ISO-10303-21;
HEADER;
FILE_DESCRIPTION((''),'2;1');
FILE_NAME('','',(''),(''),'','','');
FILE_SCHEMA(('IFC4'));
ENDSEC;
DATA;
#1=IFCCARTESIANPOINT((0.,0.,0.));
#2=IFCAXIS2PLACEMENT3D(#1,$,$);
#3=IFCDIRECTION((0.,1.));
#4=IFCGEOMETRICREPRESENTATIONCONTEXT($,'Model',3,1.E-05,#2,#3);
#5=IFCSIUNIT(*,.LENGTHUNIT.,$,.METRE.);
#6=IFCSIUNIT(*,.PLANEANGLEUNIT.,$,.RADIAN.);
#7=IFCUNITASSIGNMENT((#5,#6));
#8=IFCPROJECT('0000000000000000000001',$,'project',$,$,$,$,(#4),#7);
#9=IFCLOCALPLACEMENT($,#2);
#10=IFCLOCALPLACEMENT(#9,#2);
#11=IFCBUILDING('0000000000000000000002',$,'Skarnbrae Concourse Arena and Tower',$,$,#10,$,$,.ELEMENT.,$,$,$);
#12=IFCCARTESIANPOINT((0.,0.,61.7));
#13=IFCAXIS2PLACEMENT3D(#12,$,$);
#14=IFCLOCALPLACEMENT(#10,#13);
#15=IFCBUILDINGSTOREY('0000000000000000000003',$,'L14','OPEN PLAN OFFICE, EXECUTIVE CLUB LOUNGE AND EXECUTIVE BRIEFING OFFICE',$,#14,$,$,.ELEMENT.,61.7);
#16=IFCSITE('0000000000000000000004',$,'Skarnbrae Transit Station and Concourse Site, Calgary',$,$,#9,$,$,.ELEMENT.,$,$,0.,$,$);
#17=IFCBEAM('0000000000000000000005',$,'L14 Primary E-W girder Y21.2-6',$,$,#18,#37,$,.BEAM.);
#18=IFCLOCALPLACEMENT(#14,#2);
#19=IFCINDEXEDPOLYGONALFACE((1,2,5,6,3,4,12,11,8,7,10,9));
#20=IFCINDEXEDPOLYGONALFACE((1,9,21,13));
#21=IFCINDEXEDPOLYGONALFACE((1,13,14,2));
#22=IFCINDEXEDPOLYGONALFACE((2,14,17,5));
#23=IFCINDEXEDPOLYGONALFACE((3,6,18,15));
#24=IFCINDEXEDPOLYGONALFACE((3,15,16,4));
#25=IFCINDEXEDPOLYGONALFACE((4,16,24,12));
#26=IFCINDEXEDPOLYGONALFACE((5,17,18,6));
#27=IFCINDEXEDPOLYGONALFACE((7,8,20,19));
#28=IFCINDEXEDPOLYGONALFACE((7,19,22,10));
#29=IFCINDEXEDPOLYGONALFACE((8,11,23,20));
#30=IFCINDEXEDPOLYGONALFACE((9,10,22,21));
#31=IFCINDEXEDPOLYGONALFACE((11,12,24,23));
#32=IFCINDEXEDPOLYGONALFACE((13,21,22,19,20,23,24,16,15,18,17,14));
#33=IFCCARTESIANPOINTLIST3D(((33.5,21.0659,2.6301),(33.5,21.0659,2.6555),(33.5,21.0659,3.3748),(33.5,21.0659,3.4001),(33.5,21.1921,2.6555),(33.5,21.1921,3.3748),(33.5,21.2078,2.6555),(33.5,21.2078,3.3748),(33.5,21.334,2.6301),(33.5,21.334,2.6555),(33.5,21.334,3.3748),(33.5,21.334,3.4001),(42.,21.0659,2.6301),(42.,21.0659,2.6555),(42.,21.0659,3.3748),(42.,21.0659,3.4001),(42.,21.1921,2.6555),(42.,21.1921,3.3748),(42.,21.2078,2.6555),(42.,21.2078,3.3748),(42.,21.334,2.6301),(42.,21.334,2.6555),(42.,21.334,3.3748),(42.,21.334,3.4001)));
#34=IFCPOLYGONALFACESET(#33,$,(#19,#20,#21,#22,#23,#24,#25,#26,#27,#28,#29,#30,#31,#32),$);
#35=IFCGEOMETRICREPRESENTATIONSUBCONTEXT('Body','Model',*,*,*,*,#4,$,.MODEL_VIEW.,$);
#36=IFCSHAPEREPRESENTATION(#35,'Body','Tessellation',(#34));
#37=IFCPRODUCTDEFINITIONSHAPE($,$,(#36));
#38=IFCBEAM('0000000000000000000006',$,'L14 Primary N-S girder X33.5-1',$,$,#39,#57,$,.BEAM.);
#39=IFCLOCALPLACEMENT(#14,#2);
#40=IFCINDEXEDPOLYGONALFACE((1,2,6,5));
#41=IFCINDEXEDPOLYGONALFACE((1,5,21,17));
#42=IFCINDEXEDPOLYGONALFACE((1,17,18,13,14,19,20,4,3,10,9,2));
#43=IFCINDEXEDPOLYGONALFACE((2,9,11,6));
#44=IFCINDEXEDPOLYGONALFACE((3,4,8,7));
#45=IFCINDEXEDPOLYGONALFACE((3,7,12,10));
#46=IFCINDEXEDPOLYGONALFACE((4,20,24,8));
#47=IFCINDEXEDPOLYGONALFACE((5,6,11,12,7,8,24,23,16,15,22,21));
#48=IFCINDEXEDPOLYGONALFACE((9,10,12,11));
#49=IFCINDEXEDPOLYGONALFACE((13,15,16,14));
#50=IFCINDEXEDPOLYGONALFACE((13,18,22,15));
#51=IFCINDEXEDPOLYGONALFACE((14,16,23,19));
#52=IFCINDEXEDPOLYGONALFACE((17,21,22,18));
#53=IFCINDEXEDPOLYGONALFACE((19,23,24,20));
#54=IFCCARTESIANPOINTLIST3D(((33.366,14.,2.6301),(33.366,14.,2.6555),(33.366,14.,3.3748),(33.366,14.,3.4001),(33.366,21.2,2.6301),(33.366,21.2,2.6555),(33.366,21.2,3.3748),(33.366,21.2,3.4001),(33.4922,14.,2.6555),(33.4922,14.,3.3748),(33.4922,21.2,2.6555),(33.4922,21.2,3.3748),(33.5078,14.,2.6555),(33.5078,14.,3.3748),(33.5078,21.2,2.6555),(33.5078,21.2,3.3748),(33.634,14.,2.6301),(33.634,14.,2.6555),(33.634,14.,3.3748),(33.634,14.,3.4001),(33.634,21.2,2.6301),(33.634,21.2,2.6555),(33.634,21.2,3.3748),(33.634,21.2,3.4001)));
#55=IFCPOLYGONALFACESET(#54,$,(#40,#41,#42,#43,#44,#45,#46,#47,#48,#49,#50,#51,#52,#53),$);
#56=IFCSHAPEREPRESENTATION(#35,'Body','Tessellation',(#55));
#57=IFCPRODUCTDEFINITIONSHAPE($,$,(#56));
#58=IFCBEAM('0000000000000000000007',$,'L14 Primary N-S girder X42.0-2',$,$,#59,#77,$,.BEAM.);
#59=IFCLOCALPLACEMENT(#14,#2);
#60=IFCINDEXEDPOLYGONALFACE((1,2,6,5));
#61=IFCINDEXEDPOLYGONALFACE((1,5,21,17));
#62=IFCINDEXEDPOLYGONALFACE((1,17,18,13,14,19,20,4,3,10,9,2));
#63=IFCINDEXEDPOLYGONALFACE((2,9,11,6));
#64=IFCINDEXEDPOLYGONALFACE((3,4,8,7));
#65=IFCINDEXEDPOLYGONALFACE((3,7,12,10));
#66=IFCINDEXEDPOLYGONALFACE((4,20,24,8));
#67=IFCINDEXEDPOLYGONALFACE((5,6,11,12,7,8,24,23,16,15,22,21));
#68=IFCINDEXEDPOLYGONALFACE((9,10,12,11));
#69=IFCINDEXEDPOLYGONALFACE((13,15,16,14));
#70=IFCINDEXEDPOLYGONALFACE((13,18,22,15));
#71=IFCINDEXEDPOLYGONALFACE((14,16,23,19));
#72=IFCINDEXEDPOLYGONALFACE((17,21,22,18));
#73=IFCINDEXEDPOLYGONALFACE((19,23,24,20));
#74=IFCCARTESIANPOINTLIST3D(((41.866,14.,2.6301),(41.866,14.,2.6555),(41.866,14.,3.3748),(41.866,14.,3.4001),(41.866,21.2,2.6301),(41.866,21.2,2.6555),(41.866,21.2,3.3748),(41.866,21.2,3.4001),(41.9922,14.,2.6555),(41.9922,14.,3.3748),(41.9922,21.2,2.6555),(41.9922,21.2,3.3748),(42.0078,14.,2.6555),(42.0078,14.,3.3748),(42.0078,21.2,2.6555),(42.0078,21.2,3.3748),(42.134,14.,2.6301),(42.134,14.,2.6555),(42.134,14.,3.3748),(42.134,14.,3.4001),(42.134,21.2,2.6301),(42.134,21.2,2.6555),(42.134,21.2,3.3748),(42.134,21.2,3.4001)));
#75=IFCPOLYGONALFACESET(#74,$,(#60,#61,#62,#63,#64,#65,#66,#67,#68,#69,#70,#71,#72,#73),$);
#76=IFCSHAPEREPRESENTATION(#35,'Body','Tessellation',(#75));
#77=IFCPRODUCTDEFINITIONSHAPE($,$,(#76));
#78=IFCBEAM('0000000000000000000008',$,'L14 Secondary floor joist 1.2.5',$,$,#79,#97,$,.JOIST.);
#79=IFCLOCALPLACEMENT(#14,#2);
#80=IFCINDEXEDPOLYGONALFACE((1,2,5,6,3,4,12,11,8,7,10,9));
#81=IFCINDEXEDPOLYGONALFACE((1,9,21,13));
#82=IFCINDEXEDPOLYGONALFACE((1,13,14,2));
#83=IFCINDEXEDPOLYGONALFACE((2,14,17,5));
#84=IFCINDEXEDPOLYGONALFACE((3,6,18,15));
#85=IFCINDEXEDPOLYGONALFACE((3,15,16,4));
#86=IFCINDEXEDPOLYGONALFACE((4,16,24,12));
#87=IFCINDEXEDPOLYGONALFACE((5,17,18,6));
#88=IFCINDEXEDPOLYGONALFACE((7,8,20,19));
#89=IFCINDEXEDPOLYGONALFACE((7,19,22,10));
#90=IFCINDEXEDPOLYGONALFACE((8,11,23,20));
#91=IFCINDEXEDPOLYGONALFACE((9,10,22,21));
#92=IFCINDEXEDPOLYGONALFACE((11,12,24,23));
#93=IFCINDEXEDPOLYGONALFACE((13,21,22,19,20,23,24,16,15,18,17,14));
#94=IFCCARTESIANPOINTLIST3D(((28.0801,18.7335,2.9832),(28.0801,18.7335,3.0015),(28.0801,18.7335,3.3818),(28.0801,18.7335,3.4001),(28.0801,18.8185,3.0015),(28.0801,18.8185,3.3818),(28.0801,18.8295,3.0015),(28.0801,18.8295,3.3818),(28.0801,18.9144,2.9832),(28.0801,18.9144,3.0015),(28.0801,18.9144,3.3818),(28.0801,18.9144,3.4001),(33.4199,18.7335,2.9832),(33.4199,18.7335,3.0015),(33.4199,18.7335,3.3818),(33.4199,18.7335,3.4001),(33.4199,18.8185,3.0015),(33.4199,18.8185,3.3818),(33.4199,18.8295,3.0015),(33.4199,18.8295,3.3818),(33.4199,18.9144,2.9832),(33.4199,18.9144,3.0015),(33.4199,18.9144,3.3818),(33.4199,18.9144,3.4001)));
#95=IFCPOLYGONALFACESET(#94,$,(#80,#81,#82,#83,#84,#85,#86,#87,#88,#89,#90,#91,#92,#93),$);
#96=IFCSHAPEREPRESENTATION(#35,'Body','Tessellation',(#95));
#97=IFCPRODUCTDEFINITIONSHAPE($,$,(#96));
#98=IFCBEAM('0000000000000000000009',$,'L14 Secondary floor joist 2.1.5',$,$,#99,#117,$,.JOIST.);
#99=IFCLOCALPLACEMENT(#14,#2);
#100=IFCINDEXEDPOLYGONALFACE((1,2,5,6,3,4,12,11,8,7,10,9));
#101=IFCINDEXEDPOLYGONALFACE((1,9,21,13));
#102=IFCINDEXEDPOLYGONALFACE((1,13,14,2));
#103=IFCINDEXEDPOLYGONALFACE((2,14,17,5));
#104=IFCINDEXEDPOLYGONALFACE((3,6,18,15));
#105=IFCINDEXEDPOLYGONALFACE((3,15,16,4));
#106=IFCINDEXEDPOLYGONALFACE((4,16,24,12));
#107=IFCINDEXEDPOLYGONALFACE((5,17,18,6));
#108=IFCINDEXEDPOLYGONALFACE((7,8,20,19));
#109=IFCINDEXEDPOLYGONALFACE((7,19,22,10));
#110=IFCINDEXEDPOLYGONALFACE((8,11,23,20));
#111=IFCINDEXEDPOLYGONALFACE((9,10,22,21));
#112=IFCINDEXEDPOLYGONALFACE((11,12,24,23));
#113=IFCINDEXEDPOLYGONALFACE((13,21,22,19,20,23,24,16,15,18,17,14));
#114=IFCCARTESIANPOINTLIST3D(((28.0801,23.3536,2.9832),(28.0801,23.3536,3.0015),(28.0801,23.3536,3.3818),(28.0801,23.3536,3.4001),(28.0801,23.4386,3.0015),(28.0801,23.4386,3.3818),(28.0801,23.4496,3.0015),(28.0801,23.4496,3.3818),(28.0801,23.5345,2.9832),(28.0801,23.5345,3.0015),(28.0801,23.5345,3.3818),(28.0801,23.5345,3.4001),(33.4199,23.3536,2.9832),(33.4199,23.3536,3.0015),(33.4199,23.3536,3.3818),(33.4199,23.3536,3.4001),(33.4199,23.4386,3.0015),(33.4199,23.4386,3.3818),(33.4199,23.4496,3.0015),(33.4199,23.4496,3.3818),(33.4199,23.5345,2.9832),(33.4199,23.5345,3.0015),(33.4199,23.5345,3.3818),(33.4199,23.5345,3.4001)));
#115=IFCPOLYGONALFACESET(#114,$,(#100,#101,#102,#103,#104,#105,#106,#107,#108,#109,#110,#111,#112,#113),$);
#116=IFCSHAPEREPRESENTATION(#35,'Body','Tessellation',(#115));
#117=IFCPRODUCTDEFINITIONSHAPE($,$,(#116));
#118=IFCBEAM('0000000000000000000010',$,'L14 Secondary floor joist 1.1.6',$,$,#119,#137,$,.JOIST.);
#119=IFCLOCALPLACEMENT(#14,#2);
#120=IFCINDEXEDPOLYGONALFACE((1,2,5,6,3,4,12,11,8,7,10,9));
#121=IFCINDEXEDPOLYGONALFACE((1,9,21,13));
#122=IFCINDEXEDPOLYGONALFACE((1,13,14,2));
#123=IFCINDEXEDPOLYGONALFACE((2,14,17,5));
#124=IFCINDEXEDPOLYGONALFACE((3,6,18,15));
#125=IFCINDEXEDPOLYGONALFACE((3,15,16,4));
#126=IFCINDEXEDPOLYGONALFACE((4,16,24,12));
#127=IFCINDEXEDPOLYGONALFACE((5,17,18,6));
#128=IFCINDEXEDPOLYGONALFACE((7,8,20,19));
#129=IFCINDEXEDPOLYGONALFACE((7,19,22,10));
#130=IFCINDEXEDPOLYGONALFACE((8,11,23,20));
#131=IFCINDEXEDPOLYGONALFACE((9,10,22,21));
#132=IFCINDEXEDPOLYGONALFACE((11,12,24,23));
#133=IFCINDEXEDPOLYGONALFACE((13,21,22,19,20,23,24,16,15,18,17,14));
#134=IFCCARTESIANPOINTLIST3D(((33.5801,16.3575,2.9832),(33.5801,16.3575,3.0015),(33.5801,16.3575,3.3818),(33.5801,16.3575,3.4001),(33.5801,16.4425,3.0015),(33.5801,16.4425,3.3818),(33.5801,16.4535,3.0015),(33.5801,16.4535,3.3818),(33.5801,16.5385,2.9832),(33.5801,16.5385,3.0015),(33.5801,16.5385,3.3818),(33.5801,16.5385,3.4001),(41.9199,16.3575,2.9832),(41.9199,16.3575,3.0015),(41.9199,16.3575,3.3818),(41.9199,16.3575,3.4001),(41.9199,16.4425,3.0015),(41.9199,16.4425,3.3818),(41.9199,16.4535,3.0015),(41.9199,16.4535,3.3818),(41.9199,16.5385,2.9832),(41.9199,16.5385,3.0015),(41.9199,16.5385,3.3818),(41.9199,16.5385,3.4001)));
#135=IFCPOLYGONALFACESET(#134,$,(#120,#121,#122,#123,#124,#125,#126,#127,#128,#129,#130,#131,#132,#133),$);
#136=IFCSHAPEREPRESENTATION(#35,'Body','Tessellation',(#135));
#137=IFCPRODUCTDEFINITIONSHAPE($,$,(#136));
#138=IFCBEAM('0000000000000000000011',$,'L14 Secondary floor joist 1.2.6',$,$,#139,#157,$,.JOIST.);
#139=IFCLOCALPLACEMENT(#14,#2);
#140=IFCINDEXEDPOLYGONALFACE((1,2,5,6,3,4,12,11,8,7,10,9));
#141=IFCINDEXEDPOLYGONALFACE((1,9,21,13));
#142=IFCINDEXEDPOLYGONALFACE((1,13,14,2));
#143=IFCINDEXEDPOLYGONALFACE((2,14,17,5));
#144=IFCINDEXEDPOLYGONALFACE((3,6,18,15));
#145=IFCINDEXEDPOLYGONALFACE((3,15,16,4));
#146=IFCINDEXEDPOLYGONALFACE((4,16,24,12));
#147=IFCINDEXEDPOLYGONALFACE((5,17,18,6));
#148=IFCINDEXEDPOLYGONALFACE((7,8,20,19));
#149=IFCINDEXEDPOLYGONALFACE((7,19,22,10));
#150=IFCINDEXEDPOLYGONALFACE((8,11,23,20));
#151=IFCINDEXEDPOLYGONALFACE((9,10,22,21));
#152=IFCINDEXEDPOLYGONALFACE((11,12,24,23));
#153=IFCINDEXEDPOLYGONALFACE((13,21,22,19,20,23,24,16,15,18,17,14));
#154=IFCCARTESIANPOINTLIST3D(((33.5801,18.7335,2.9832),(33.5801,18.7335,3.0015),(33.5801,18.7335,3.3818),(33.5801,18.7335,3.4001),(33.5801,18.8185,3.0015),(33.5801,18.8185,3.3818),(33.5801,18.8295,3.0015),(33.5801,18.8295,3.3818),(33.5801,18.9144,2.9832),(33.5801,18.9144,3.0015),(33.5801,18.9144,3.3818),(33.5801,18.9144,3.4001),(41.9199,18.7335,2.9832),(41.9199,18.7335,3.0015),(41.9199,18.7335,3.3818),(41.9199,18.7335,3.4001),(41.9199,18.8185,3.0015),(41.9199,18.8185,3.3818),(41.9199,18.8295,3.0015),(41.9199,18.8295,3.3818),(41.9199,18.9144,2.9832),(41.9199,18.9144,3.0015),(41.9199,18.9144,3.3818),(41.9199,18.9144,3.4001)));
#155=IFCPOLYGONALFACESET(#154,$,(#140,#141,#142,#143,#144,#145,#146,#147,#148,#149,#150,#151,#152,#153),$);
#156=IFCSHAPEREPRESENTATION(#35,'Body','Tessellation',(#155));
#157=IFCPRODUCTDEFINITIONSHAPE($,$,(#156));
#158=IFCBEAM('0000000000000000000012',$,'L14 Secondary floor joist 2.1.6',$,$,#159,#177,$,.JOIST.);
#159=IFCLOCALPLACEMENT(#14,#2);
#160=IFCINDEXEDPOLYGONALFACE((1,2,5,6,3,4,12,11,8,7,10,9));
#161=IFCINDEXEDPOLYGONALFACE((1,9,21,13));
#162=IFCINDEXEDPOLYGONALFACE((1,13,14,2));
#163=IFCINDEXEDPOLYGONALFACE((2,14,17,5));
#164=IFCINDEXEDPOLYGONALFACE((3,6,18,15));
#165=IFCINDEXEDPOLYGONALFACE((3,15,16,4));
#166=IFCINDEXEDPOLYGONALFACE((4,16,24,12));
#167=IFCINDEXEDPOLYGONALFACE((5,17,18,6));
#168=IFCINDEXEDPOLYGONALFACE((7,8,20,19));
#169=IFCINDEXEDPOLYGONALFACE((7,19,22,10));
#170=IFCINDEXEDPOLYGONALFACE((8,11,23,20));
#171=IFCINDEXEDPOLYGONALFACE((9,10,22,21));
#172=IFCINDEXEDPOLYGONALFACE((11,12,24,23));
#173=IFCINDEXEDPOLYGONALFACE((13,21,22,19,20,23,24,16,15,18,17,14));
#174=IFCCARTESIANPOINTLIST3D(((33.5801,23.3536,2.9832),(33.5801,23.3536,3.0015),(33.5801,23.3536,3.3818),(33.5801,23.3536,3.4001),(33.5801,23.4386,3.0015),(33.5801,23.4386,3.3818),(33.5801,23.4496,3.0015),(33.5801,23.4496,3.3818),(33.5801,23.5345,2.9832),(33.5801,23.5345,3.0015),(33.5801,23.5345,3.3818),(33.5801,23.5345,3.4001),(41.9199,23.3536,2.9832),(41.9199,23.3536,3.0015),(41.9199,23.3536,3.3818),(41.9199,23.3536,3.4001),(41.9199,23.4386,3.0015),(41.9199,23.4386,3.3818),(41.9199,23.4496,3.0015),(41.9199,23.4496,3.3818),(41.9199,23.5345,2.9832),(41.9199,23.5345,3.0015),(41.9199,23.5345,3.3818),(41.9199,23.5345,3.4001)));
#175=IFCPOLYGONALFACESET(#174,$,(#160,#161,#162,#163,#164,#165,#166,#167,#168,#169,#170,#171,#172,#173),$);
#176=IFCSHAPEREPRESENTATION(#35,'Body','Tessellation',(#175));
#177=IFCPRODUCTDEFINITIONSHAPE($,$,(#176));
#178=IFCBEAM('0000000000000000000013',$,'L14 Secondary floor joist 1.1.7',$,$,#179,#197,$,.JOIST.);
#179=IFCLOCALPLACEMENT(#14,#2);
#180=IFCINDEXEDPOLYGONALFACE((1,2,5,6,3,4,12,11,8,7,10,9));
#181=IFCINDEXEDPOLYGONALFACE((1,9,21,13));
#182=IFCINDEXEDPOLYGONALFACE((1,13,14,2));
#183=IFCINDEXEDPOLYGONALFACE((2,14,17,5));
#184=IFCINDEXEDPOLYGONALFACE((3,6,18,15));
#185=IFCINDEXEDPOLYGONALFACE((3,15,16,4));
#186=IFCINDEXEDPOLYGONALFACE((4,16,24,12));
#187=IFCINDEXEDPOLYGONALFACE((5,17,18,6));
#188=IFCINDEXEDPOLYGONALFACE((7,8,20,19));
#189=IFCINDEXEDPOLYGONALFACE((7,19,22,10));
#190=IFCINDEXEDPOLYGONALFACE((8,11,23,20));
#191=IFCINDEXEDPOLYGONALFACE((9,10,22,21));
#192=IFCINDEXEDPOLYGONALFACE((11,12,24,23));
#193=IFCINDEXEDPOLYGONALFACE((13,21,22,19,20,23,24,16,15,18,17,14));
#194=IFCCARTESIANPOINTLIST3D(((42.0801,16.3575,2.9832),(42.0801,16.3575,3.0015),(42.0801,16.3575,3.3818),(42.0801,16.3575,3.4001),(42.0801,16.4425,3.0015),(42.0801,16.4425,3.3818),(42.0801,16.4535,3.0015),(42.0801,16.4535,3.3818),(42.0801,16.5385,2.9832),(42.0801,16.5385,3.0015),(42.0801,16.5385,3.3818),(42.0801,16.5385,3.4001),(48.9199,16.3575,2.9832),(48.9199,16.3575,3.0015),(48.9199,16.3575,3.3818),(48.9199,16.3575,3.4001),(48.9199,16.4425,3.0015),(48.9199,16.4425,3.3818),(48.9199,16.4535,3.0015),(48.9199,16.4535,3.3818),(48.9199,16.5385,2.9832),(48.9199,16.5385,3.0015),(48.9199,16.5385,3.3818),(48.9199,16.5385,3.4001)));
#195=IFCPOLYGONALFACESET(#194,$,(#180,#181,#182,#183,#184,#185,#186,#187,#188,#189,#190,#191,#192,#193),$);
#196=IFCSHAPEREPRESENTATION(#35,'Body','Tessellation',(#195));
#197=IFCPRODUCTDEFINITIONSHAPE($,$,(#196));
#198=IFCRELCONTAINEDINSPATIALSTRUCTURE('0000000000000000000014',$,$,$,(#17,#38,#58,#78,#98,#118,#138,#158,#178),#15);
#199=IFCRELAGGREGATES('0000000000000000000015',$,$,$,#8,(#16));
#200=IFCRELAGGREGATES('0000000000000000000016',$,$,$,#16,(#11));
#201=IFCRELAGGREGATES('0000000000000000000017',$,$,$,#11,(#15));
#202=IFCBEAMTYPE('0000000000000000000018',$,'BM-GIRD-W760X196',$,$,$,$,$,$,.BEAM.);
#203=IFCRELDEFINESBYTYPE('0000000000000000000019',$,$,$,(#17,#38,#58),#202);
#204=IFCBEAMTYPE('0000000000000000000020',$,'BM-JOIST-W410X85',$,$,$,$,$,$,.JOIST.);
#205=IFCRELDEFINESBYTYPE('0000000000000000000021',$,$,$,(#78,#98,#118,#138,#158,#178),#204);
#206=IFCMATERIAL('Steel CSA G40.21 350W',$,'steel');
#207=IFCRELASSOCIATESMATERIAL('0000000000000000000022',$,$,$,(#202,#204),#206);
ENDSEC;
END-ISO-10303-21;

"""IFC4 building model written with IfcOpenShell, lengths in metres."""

from ifc_helpers import new_model, si_unit, direction, frame, origin, origin_2d, place, context, subcontext, project, spatial, i_section, extrude, source, transform, mapped, material, material_profile, profile_set, type_object, element, save


model = new_model("IFC4")

# Units and contexts
model_context = context("Model", 3, precision=1e-05, world=origin(), true_north=direction((0.0, 1.0)))
body_context = subcontext(model_context, "Body", "Model", "MODEL_VIEW")
ifc_project = project(units=[si_unit("LENGTHUNIT", "METRE"), si_unit("PLANEANGLEUNIT", "RADIAN")], contexts=[model_context])

# Site, building, storey
site_placement = place(None, origin())
site = spatial("IfcSite", under=ifc_project, at=site_placement, Name="Skarnbrae Transit Station and Concourse Site, Calgary", CompositionType="ELEMENT", RefElevation=0.0)
building_placement = place(site_placement, origin())
building = spatial("IfcBuilding", under=site, at=building_placement, Name="Skarnbrae Concourse Arena and Tower", CompositionType="ELEMENT")
storey_placement = place(building_placement, frame((0.0, 0.0, 61.7)))
storey = spatial("IfcBuildingStorey", under=building, at=storey_placement, Name="L14", Description="OPEN PLAN OFFICE, EXECUTIVE CLUB LOUNGE AND EXECUTIVE BRIEFING OFFICE", CompositionType="ELEMENT", Elevation=61.7)

# Shared definitions
ifc_material_1 = material(Name="Steel CSA G40.21 350W", Category="steel")

# Beams
ifc_material_profile_1 = material_profile(ifc_material_1, i_section(OverallWidth=0.2681, OverallDepth=0.77, WebThickness=0.0156, FlangeThickness=0.0254, at=origin_2d()), Name="W760X196")
ifc_profile_set_1 = profile_set([ifc_material_profile_1], Name="Steel CSA G40.21 350W")
beam_type_1 = type_object("IfcBeamType", Name="BM-GIRD-W760X196", PredefinedType="BEAM", material=ifc_profile_set_1)
shared_shape_1 = source(origin(), body_context, "Body", "SweptSolid", [
    extrude(i_section(OverallWidth=0.2681, OverallDepth=0.77, WebThickness=0.0156, FlangeThickness=0.0254, at=origin_2d()), origin(), (0.0, 0.0, 1.0), 8.5),
])
for number, where, z_axis, x_axis, name in (
    (1, (33.5, 21.2, 3.0151), (1.0, 0.0, 0.0), (0.0, 1.0, 0.0), "L14 Primary E-W girder Y21.2-6"),
):
    element("IfcBeam", number, at=place(storey_placement, frame(where, z_axis=z_axis, x_axis=x_axis)), inside=storey, type_object=beam_type_1, Name=name, PredefinedType="BEAM", context=body_context, shape_type="MappedRepresentation", body=[
        mapped(shared_shape_1, transform((0.0, 0.0, 0.0))),
    ])
shared_shape_2 = source(origin(), body_context, "Body", "SweptSolid", [
    extrude(i_section(OverallWidth=0.2681, OverallDepth=0.77, WebThickness=0.0156, FlangeThickness=0.0254, at=origin_2d()), origin(), (0.0, 0.0, 1.0), 7.2),
])
for number, where, z_axis, x_axis, name in (
    (2, (33.5, 14.0, 3.0151), (0.0, 1.0, 0.0), (-1.0, 0.0, 0.0), "L14 Primary N-S girder X33.5-1"),
    (3, (42.0, 14.0, 3.0151), (0.0, 1.0, 0.0), (-1.0, 0.0, 0.0), "L14 Primary N-S girder X42.0-2"),
):
    element("IfcBeam", number, at=place(storey_placement, frame(where, z_axis=z_axis, x_axis=x_axis)), inside=storey, type_object=beam_type_1, Name=name, PredefinedType="BEAM", context=body_context, shape_type="MappedRepresentation", body=[
        mapped(shared_shape_2, transform((0.0, 0.0, 0.0))),
    ])
ifc_material_profile_2 = material_profile(ifc_material_1, i_section(OverallWidth=0.1809, OverallDepth=0.417, WebThickness=0.011, FlangeThickness=0.0183, at=origin_2d()), Name="W410X85")
ifc_profile_set_2 = profile_set([ifc_material_profile_2], Name="Steel CSA G40.21 350W")
beam_type_2 = type_object("IfcBeamType", Name="BM-JOIST-W410X85", PredefinedType="JOIST", material=ifc_profile_set_2)
shared_shape_3 = source(origin(), body_context, "Body", "SweptSolid", [
    extrude(i_section(OverallWidth=0.1809, OverallDepth=0.417, WebThickness=0.011, FlangeThickness=0.0183, at=origin_2d()), origin(), (0.0, 0.0, 1.0), 5.3398),
])
for number, where, z_axis, x_axis, name in (
    (4, (28.0801, 18.824, 3.1917), (1.0, 0.0, 0.0), (0.0, 1.0, 0.0), "L14 Secondary floor joist 1.2.5"),
    (5, (28.0801, 23.4441, 3.1917), (1.0, 0.0, 0.0), (0.0, 1.0, 0.0), "L14 Secondary floor joist 2.1.5"),
):
    element("IfcBeam", number, at=place(storey_placement, frame(where, z_axis=z_axis, x_axis=x_axis)), inside=storey, type_object=beam_type_2, Name=name, PredefinedType="JOIST", context=body_context, shape_type="MappedRepresentation", body=[
        mapped(shared_shape_3, transform((0.0, 0.0, 0.0))),
    ])
shared_shape_4 = source(origin(), body_context, "Body", "SweptSolid", [
    extrude(i_section(OverallWidth=0.1809, OverallDepth=0.417, WebThickness=0.011, FlangeThickness=0.0183, at=origin_2d()), origin(), (0.0, 0.0, 1.0), 8.3398),
])
for number, where, z_axis, x_axis, name in (
    (6, (33.5801, 16.448, 3.1917), (1.0, 0.0, 0.0), (0.0, 1.0, 0.0), "L14 Secondary floor joist 1.1.6"),
    (7, (33.5801, 18.824, 3.1917), (1.0, 0.0, 0.0), (0.0, 1.0, 0.0), "L14 Secondary floor joist 1.2.6"),
    (8, (33.5801, 23.4441, 3.1917), (1.0, 0.0, 0.0), (0.0, 1.0, 0.0), "L14 Secondary floor joist 2.1.6"),
):
    element("IfcBeam", number, at=place(storey_placement, frame(where, z_axis=z_axis, x_axis=x_axis)), inside=storey, type_object=beam_type_2, Name=name, PredefinedType="JOIST", context=body_context, shape_type="MappedRepresentation", body=[
        mapped(shared_shape_4, transform((0.0, 0.0, 0.0))),
    ])
shared_shape_5 = source(origin(), body_context, "Body", "SweptSolid", [
    extrude(i_section(OverallWidth=0.1809, OverallDepth=0.417, WebThickness=0.011, FlangeThickness=0.0183, at=origin_2d()), origin(), (0.0, 0.0, 1.0), 6.8398),
])
for number, where, z_axis, x_axis, name in (
    (9, (42.0801, 16.448, 3.1917), (1.0, 0.0, 0.0), (0.0, 1.0, 0.0), "L14 Secondary floor joist 1.1.7"),
):
    element("IfcBeam", number, at=place(storey_placement, frame(where, z_axis=z_axis, x_axis=x_axis)), inside=storey, type_object=beam_type_2, Name=name, PredefinedType="JOIST", context=body_context, shape_type="MappedRepresentation", body=[
        mapped(shared_shape_5, transform((0.0, 0.0, 0.0))),
    ])

save(model, "model.ifc")
